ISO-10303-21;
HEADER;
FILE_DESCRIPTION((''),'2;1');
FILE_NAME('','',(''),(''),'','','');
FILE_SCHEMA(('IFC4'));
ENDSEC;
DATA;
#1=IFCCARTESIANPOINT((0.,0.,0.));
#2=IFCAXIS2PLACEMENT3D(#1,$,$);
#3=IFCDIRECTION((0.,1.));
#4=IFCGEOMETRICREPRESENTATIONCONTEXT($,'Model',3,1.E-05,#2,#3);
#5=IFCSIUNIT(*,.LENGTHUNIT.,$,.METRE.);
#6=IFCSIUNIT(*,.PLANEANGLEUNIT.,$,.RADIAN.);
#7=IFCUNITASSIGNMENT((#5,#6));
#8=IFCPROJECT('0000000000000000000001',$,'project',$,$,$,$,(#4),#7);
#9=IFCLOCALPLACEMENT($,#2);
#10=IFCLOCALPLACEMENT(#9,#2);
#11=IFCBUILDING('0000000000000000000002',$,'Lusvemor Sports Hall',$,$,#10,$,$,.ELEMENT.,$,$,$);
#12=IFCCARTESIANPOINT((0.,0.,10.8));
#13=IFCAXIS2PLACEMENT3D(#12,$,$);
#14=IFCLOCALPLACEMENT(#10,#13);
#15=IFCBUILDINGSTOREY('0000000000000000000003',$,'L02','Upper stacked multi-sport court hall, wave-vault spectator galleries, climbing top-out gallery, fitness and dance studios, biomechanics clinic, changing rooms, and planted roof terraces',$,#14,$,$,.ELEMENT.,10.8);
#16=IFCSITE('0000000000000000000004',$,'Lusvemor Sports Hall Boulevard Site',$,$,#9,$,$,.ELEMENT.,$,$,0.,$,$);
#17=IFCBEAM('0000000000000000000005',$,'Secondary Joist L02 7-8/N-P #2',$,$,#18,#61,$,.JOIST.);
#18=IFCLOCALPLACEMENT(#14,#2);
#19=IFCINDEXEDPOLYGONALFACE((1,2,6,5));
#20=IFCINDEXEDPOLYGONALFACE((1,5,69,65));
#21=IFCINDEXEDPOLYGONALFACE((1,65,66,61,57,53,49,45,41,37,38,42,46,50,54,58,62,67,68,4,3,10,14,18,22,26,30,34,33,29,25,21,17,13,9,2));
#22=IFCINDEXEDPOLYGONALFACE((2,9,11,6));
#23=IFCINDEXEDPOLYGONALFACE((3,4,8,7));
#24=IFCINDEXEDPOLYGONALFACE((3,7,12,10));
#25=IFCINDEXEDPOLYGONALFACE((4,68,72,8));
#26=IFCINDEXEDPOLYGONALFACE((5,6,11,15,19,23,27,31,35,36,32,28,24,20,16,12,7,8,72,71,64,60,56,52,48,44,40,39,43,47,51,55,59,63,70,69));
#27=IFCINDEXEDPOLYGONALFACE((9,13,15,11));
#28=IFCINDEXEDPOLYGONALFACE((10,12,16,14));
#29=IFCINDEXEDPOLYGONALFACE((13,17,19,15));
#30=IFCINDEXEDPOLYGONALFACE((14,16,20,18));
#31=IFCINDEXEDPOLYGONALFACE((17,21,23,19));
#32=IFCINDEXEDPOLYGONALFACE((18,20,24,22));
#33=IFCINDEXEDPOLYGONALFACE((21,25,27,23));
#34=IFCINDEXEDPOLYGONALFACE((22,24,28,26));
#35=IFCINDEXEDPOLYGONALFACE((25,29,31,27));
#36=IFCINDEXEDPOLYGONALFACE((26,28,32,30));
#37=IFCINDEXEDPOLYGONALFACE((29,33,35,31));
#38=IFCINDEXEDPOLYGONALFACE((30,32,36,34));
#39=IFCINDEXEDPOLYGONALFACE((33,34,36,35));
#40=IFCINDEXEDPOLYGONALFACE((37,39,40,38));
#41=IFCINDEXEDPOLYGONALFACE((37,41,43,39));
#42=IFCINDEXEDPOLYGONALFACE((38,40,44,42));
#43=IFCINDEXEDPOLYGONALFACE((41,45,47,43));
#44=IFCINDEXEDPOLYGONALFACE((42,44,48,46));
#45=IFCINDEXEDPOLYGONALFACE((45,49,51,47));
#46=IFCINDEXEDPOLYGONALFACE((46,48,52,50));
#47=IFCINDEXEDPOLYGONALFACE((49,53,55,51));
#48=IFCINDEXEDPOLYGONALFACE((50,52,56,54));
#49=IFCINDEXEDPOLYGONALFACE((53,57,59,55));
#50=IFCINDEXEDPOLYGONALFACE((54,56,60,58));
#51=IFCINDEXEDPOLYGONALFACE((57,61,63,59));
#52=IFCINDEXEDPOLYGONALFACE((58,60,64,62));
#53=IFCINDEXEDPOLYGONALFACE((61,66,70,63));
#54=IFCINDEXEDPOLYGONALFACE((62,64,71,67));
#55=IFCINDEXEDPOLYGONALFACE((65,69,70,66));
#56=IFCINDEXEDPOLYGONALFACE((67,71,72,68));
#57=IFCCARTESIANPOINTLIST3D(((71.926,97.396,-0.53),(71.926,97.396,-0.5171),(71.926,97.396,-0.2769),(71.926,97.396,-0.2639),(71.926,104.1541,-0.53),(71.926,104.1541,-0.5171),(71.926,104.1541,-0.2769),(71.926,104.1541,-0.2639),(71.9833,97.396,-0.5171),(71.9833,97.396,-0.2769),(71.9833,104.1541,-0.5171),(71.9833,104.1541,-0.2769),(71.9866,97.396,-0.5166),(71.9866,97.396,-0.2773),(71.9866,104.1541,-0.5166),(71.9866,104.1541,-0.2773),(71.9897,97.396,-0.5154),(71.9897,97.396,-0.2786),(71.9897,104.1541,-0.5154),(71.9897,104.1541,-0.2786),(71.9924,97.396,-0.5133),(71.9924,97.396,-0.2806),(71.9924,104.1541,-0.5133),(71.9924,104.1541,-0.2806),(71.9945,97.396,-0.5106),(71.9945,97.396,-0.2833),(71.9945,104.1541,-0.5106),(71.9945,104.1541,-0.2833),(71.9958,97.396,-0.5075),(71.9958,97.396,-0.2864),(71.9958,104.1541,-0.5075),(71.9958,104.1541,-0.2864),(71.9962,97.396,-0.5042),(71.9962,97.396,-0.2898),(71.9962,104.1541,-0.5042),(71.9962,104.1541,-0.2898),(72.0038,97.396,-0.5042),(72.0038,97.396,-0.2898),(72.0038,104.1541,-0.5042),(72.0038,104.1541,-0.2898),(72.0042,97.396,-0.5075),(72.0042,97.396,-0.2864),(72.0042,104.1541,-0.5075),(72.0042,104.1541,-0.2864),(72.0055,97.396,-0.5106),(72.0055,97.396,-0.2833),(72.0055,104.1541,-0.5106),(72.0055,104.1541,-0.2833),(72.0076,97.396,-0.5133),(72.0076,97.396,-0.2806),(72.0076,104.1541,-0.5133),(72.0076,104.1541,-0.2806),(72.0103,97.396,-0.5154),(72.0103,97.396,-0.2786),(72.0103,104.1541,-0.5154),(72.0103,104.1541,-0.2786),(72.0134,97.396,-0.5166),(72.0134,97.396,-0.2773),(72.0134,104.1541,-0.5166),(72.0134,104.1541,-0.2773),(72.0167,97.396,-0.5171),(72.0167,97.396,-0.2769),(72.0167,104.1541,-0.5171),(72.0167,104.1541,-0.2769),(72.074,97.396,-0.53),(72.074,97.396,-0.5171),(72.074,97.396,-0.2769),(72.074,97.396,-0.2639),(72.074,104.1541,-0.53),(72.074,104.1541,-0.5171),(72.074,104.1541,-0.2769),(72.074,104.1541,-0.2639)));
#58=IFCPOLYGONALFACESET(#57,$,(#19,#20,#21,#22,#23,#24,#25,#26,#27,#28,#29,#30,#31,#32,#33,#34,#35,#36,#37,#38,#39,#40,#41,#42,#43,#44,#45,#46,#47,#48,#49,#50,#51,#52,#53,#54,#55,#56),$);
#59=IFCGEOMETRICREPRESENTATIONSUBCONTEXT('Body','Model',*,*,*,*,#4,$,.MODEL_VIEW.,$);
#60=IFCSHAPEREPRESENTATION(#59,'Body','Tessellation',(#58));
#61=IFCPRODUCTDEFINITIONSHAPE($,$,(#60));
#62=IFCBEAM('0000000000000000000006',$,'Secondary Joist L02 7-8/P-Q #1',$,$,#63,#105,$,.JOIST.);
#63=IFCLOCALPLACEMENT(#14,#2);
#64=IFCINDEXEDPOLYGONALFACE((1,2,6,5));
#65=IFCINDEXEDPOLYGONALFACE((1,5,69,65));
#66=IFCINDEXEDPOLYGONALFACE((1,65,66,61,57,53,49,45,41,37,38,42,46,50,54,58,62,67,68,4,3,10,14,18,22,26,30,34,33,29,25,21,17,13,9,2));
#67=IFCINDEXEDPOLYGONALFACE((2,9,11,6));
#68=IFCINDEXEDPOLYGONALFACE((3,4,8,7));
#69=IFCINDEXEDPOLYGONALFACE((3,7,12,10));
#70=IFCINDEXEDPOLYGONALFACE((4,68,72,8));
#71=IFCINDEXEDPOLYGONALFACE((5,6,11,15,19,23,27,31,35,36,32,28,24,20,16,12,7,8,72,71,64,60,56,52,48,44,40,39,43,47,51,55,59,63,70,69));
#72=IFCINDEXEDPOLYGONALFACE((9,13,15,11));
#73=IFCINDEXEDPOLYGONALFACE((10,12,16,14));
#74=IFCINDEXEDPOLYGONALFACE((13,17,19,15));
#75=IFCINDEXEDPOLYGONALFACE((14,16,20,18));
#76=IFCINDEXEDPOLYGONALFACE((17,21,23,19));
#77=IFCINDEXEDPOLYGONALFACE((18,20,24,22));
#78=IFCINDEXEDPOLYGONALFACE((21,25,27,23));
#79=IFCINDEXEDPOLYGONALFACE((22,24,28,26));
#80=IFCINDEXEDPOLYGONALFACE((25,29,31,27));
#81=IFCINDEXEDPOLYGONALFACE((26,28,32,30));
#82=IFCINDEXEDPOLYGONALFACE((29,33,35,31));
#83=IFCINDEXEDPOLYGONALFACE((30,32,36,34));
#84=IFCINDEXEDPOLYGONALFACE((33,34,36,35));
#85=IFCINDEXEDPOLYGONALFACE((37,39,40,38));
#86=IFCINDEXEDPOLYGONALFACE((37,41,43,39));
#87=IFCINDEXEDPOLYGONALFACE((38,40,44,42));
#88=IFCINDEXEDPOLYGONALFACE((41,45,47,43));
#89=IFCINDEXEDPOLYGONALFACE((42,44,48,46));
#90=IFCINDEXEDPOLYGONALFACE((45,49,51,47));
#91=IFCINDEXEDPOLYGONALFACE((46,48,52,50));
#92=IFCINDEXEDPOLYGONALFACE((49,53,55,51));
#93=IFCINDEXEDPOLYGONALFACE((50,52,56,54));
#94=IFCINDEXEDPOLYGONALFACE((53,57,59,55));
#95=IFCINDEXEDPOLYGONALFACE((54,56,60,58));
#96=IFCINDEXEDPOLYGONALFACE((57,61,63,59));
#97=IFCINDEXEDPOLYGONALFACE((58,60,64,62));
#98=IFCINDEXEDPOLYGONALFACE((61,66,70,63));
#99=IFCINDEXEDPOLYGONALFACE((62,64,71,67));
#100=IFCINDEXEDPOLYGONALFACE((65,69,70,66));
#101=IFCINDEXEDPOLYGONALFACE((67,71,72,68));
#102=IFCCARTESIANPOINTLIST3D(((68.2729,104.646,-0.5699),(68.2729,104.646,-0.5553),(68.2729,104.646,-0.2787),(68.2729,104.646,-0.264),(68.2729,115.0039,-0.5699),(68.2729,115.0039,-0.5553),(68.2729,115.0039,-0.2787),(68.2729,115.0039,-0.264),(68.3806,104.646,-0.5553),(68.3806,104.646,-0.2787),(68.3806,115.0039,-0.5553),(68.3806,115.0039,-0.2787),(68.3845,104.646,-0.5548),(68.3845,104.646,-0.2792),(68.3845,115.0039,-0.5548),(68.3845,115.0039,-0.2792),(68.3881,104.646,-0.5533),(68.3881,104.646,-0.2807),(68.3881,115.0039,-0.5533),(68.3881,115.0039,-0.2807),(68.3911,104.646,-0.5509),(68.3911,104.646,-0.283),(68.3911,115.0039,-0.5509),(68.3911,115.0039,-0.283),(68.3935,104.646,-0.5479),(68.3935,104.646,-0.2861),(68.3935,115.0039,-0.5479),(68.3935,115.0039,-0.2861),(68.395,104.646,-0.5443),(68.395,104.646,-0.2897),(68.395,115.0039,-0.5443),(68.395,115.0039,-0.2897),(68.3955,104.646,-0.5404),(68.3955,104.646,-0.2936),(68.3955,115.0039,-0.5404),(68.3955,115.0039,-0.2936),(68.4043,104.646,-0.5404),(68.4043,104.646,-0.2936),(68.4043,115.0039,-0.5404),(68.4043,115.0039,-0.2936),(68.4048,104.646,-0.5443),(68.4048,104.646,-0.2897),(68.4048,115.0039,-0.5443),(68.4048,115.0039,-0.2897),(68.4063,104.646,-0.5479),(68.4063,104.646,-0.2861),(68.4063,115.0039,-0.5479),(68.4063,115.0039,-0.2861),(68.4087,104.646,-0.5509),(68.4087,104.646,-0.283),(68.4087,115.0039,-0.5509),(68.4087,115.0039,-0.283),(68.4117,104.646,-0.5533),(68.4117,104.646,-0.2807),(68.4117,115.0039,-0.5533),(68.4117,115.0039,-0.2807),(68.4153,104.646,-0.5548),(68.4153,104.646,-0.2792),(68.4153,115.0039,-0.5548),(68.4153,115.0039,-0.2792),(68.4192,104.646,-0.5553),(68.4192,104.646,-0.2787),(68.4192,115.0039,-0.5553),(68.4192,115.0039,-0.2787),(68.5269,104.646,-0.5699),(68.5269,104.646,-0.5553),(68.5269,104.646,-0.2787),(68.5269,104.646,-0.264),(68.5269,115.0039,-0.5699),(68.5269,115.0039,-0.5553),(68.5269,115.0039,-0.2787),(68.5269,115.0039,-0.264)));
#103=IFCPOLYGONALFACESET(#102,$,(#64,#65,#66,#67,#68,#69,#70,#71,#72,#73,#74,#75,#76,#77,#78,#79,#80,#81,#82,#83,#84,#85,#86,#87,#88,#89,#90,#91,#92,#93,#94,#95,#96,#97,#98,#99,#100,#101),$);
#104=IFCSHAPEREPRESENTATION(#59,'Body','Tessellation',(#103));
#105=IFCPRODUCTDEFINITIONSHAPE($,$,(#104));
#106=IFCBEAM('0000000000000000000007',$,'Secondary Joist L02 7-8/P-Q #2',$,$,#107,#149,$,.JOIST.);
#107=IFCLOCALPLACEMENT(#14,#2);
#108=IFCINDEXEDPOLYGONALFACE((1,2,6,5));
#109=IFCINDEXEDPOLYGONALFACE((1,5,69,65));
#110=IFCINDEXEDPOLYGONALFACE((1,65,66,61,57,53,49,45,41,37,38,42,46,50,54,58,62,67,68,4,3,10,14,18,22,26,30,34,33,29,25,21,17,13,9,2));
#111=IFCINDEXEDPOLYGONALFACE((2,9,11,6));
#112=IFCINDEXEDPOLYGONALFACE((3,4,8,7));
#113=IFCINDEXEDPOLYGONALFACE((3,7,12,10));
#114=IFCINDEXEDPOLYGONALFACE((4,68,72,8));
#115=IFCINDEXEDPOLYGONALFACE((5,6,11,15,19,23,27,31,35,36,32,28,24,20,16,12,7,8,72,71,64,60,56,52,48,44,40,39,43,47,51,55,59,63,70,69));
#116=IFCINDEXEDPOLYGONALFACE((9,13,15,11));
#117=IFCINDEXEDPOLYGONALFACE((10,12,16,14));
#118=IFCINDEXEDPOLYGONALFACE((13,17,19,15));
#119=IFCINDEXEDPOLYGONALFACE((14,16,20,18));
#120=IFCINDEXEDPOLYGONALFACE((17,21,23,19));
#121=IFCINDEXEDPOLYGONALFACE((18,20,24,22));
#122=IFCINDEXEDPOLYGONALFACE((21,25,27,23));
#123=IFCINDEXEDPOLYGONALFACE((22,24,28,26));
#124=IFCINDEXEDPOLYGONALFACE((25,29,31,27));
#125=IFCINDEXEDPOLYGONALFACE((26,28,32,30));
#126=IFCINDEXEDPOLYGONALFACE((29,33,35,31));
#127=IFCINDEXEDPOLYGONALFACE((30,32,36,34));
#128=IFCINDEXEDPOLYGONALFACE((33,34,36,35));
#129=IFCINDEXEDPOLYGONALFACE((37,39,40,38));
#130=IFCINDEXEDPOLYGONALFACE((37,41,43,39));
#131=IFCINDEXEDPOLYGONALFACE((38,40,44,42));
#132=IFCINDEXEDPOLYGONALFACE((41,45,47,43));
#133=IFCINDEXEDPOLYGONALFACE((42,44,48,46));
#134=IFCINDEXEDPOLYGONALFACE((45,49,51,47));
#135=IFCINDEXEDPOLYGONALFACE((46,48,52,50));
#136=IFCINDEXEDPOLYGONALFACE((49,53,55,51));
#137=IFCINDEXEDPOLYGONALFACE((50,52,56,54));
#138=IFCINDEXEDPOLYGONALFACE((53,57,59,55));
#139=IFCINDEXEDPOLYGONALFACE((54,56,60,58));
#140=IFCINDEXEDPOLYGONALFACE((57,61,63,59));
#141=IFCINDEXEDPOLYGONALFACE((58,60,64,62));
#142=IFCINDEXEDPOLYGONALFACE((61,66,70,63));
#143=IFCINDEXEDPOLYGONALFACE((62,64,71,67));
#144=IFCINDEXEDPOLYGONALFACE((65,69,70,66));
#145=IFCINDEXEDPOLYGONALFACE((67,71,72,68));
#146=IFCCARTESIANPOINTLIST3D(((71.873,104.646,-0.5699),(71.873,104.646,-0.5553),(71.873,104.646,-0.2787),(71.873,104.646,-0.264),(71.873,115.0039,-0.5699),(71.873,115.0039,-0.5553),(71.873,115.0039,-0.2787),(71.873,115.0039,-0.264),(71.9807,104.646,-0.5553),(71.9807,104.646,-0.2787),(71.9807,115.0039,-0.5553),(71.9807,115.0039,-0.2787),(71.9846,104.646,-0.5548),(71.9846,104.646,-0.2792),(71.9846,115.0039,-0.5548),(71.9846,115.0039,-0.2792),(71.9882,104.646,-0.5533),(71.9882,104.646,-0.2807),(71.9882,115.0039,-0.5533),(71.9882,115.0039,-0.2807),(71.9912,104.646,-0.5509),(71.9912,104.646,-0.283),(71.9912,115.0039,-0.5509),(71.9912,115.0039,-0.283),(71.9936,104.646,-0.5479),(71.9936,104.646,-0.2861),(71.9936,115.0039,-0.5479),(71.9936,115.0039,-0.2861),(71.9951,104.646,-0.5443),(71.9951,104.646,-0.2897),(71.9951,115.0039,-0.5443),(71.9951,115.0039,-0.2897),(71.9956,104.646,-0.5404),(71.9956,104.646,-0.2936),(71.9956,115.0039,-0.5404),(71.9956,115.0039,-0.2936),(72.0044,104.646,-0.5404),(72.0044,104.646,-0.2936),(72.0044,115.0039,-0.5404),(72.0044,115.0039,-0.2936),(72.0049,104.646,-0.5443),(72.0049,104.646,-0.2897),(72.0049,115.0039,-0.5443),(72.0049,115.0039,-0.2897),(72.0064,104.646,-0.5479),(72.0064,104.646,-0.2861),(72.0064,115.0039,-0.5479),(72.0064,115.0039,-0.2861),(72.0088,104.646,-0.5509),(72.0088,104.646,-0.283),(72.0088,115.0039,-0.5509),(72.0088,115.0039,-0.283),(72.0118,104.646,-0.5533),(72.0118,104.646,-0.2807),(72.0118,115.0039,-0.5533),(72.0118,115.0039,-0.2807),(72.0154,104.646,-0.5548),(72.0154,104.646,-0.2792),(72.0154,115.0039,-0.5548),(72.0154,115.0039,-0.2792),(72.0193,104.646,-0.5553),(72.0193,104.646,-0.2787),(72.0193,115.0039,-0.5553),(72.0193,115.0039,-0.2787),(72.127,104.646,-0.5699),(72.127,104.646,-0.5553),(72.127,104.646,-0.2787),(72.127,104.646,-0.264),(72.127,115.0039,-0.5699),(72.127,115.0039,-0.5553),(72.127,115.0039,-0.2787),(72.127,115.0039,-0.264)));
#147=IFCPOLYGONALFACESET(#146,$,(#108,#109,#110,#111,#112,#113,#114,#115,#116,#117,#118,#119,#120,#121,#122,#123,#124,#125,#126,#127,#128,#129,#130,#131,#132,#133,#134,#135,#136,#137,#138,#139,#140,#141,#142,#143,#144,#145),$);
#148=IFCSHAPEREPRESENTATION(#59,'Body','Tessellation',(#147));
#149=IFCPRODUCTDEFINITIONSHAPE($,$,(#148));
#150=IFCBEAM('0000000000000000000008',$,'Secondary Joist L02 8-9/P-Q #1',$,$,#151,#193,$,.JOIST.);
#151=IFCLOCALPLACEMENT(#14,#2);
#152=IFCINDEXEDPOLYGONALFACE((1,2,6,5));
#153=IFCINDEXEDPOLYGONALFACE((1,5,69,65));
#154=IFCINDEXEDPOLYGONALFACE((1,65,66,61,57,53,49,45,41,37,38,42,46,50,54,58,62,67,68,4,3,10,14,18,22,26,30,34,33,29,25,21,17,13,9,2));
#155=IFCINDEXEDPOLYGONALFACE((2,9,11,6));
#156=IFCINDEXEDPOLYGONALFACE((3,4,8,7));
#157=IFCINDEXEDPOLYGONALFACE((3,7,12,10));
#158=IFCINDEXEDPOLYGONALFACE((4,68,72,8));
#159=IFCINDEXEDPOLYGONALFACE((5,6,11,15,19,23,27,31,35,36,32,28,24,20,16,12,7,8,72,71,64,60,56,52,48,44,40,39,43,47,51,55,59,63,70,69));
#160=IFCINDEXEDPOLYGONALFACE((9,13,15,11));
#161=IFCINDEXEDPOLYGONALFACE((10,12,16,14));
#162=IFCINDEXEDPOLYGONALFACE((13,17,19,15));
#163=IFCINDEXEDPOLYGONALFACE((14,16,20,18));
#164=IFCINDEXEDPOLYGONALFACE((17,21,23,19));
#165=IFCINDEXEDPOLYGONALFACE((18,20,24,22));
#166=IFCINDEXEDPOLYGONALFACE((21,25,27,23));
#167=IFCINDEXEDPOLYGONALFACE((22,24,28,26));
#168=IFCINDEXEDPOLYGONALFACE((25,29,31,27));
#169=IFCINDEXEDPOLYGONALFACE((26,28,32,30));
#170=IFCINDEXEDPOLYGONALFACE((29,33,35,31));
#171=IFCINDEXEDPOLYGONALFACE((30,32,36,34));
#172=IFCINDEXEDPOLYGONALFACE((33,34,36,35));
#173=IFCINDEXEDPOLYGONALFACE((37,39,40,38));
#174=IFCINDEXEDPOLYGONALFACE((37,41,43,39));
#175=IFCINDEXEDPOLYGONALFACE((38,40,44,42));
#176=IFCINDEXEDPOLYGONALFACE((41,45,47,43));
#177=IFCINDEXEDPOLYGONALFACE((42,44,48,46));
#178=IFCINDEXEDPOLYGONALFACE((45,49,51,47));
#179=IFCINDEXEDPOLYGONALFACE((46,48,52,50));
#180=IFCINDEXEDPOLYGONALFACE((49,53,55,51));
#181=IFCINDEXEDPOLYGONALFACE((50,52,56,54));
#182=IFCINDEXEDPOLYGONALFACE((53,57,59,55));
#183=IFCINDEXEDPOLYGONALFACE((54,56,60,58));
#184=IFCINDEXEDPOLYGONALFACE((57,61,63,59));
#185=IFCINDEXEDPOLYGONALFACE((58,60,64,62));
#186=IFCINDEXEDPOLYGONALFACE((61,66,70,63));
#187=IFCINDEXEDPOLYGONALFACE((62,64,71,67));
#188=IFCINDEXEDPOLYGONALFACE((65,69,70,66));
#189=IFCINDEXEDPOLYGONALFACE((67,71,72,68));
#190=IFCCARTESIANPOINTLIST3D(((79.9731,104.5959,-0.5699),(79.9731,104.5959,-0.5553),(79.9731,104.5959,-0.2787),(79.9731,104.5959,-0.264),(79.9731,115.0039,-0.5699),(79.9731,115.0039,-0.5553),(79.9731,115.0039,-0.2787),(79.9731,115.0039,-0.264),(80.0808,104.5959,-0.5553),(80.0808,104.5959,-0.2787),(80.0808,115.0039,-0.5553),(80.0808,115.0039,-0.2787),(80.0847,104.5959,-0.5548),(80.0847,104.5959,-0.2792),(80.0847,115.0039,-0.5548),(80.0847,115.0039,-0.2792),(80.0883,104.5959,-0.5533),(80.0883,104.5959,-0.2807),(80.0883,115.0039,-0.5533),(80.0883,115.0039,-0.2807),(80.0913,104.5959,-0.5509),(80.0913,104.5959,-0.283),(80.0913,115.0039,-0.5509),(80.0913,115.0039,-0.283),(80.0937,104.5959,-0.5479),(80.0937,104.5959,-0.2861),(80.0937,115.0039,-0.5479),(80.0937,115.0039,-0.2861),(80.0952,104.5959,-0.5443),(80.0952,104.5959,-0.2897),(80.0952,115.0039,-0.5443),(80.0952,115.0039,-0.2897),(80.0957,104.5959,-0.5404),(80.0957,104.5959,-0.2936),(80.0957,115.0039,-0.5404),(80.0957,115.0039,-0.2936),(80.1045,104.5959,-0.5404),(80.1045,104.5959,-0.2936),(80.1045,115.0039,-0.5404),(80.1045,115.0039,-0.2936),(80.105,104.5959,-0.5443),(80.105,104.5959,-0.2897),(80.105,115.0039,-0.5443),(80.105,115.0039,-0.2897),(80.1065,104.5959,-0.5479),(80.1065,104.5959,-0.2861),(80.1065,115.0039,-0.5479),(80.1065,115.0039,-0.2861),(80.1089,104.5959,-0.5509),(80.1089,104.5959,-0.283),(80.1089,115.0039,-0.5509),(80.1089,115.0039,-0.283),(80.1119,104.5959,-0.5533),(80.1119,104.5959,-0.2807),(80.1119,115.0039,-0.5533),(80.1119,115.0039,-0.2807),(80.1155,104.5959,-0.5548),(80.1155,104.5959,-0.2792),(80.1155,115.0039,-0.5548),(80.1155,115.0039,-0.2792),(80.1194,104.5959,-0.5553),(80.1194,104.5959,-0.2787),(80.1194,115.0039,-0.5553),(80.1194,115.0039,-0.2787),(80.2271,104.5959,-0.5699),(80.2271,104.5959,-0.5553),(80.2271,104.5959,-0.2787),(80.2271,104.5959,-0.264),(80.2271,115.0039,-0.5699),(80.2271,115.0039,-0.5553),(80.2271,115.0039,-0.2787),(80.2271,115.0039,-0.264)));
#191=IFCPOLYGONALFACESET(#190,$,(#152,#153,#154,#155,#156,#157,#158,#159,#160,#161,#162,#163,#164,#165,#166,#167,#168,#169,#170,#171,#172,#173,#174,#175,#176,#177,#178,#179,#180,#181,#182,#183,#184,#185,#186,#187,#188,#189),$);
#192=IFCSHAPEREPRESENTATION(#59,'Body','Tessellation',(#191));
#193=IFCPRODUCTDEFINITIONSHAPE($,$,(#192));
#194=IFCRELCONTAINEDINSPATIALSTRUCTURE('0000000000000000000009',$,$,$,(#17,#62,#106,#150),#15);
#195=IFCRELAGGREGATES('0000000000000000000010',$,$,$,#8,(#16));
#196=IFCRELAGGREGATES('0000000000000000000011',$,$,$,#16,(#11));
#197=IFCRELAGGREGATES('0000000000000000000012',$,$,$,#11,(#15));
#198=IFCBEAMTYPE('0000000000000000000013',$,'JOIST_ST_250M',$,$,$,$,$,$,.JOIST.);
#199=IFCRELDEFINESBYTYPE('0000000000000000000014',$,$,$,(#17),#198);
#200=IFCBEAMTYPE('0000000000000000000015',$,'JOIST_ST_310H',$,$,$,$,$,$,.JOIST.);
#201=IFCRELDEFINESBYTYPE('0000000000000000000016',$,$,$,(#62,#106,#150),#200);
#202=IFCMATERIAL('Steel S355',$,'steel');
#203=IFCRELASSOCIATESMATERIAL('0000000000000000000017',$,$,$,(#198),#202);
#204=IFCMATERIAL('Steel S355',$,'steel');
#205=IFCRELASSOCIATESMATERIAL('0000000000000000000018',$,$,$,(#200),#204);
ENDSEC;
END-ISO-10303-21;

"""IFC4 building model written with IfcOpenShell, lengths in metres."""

from ifc_helpers import new_model, si_unit, direction, frame, origin, origin_2d, place, context, subcontext, project, spatial, i_section, extrude, material, material_profile, profile_set, type_object, element, save


model = new_model("IFC4")

# Units and contexts
model_context = context("Model", 3, precision=1e-05, world=origin(), true_north=direction((0.0, 1.0)))
body_context = subcontext(model_context, "Body", "Model", "MODEL_VIEW")
ifc_project = project(units=[si_unit("LENGTHUNIT", "METRE"), si_unit("PLANEANGLEUNIT", "RADIAN")], contexts=[model_context])

# Site, building, storey
site_placement = place(None, origin())
site = spatial("IfcSite", under=ifc_project, at=site_placement, Name="Lusvemor Sports Hall Boulevard Site", CompositionType="ELEMENT", RefElevation=0.0)
building_placement = place(site_placement, origin())
building = spatial("IfcBuilding", under=site, at=building_placement, Name="Lusvemor Sports Hall", CompositionType="ELEMENT")
storey_placement = place(building_placement, frame((0.0, 0.0, 10.8)))
storey = spatial("IfcBuildingStorey", under=building, at=storey_placement, Name="L02", Description="Upper stacked multi-sport court hall, wave-vault spectator galleries, climbing top-out gallery, fitness and dance studios, biomechanics clinic, changing rooms, and planted roof terraces", CompositionType="ELEMENT", Elevation=10.8)

# Beams
ifc_material_1 = material(Name="Steel S355", Category="steel")
ifc_material_profile_1 = material_profile(ifc_material_1, i_section(OverallWidth=0.1479, OverallDepth=0.2661, WebThickness=0.0076, FlangeThickness=0.0129, FilletRadius=0.0129, at=origin_2d()), Name="W250x44.8")
ifc_profile_set_1 = profile_set([ifc_material_profile_1], Name="Steel S355")
beam_type_1 = type_object("IfcBeamType", Name="JOIST_ST_250M", PredefinedType="JOIST", material=ifc_profile_set_1)
beam_1_placement = place(storey_placement, frame((72.0, 97.396, -0.397), z_axis=(0.0, 1.0, 0.0), x_axis=(-1.0, 0.0, 0.0)))
element("IfcBeam", 1, at=beam_1_placement, inside=storey, type_object=beam_type_1, Name="Secondary Joist L02 7-8/N-P #2", PredefinedType="JOIST", context=body_context, shape_type="SweptSolid", body=[
    extrude(i_section(OverallWidth=0.1479, OverallDepth=0.2661, WebThickness=0.0076, FlangeThickness=0.0129, FilletRadius=0.0129, at=origin_2d()), origin(), (0.0, 0.0, 1.0), 6.7581),
])
ifc_material_2 = material(Name="Steel S355", Category="steel")
ifc_material_profile_2 = material_profile(ifc_material_2, i_section(OverallWidth=0.2539, OverallDepth=0.3059, WebThickness=0.0088, FlangeThickness=0.0146, FilletRadius=0.0149, at=origin_2d()), Name="W310x79.0")
ifc_profile_set_2 = profile_set([ifc_material_profile_2], Name="Steel S355")
beam_type_2 = type_object("IfcBeamType", Name="JOIST_ST_310H", PredefinedType="JOIST", material=ifc_profile_set_2)
for number, where, z_axis, x_axis, name in (
    (2, (68.3999, 104.646, -0.417), (0.0, 1.0, 0.0), (-1.0, 0.0, 0.0), "Secondary Joist L02 7-8/P-Q #1"),
    (3, (72.0, 104.646, -0.417), (0.0, 1.0, 0.0), (-1.0, 0.0, 0.0), "Secondary Joist L02 7-8/P-Q #2"),
):
    element("IfcBeam", number, at=place(storey_placement, frame(where, z_axis=z_axis, x_axis=x_axis)), inside=storey, type_object=beam_type_2, Name=name, PredefinedType="JOIST", context=body_context, shape_type="SweptSolid", body=[
        extrude(i_section(OverallWidth=0.2539, OverallDepth=0.3059, WebThickness=0.0088, FlangeThickness=0.0146, FilletRadius=0.0149, at=origin_2d()), origin(), (0.0, 0.0, 1.0), 10.3579),
    ])
beam_2_placement = place(storey_placement, frame((80.1001, 104.5959, -0.417), z_axis=(0.0, 1.0, 0.0), x_axis=(-1.0, 0.0, 0.0)))
element("IfcBeam", 4, at=beam_2_placement, inside=storey, type_object=beam_type_2, Name="Secondary Joist L02 8-9/P-Q #1", PredefinedType="JOIST", context=body_context, shape_type="SweptSolid", body=[
    extrude(i_section(OverallWidth=0.2539, OverallDepth=0.3059, WebThickness=0.0088, FlangeThickness=0.0146, FilletRadius=0.0149, at=origin_2d()), origin(), (0.0, 0.0, 1.0), 10.408),
])

save(model, "model.ifc")
